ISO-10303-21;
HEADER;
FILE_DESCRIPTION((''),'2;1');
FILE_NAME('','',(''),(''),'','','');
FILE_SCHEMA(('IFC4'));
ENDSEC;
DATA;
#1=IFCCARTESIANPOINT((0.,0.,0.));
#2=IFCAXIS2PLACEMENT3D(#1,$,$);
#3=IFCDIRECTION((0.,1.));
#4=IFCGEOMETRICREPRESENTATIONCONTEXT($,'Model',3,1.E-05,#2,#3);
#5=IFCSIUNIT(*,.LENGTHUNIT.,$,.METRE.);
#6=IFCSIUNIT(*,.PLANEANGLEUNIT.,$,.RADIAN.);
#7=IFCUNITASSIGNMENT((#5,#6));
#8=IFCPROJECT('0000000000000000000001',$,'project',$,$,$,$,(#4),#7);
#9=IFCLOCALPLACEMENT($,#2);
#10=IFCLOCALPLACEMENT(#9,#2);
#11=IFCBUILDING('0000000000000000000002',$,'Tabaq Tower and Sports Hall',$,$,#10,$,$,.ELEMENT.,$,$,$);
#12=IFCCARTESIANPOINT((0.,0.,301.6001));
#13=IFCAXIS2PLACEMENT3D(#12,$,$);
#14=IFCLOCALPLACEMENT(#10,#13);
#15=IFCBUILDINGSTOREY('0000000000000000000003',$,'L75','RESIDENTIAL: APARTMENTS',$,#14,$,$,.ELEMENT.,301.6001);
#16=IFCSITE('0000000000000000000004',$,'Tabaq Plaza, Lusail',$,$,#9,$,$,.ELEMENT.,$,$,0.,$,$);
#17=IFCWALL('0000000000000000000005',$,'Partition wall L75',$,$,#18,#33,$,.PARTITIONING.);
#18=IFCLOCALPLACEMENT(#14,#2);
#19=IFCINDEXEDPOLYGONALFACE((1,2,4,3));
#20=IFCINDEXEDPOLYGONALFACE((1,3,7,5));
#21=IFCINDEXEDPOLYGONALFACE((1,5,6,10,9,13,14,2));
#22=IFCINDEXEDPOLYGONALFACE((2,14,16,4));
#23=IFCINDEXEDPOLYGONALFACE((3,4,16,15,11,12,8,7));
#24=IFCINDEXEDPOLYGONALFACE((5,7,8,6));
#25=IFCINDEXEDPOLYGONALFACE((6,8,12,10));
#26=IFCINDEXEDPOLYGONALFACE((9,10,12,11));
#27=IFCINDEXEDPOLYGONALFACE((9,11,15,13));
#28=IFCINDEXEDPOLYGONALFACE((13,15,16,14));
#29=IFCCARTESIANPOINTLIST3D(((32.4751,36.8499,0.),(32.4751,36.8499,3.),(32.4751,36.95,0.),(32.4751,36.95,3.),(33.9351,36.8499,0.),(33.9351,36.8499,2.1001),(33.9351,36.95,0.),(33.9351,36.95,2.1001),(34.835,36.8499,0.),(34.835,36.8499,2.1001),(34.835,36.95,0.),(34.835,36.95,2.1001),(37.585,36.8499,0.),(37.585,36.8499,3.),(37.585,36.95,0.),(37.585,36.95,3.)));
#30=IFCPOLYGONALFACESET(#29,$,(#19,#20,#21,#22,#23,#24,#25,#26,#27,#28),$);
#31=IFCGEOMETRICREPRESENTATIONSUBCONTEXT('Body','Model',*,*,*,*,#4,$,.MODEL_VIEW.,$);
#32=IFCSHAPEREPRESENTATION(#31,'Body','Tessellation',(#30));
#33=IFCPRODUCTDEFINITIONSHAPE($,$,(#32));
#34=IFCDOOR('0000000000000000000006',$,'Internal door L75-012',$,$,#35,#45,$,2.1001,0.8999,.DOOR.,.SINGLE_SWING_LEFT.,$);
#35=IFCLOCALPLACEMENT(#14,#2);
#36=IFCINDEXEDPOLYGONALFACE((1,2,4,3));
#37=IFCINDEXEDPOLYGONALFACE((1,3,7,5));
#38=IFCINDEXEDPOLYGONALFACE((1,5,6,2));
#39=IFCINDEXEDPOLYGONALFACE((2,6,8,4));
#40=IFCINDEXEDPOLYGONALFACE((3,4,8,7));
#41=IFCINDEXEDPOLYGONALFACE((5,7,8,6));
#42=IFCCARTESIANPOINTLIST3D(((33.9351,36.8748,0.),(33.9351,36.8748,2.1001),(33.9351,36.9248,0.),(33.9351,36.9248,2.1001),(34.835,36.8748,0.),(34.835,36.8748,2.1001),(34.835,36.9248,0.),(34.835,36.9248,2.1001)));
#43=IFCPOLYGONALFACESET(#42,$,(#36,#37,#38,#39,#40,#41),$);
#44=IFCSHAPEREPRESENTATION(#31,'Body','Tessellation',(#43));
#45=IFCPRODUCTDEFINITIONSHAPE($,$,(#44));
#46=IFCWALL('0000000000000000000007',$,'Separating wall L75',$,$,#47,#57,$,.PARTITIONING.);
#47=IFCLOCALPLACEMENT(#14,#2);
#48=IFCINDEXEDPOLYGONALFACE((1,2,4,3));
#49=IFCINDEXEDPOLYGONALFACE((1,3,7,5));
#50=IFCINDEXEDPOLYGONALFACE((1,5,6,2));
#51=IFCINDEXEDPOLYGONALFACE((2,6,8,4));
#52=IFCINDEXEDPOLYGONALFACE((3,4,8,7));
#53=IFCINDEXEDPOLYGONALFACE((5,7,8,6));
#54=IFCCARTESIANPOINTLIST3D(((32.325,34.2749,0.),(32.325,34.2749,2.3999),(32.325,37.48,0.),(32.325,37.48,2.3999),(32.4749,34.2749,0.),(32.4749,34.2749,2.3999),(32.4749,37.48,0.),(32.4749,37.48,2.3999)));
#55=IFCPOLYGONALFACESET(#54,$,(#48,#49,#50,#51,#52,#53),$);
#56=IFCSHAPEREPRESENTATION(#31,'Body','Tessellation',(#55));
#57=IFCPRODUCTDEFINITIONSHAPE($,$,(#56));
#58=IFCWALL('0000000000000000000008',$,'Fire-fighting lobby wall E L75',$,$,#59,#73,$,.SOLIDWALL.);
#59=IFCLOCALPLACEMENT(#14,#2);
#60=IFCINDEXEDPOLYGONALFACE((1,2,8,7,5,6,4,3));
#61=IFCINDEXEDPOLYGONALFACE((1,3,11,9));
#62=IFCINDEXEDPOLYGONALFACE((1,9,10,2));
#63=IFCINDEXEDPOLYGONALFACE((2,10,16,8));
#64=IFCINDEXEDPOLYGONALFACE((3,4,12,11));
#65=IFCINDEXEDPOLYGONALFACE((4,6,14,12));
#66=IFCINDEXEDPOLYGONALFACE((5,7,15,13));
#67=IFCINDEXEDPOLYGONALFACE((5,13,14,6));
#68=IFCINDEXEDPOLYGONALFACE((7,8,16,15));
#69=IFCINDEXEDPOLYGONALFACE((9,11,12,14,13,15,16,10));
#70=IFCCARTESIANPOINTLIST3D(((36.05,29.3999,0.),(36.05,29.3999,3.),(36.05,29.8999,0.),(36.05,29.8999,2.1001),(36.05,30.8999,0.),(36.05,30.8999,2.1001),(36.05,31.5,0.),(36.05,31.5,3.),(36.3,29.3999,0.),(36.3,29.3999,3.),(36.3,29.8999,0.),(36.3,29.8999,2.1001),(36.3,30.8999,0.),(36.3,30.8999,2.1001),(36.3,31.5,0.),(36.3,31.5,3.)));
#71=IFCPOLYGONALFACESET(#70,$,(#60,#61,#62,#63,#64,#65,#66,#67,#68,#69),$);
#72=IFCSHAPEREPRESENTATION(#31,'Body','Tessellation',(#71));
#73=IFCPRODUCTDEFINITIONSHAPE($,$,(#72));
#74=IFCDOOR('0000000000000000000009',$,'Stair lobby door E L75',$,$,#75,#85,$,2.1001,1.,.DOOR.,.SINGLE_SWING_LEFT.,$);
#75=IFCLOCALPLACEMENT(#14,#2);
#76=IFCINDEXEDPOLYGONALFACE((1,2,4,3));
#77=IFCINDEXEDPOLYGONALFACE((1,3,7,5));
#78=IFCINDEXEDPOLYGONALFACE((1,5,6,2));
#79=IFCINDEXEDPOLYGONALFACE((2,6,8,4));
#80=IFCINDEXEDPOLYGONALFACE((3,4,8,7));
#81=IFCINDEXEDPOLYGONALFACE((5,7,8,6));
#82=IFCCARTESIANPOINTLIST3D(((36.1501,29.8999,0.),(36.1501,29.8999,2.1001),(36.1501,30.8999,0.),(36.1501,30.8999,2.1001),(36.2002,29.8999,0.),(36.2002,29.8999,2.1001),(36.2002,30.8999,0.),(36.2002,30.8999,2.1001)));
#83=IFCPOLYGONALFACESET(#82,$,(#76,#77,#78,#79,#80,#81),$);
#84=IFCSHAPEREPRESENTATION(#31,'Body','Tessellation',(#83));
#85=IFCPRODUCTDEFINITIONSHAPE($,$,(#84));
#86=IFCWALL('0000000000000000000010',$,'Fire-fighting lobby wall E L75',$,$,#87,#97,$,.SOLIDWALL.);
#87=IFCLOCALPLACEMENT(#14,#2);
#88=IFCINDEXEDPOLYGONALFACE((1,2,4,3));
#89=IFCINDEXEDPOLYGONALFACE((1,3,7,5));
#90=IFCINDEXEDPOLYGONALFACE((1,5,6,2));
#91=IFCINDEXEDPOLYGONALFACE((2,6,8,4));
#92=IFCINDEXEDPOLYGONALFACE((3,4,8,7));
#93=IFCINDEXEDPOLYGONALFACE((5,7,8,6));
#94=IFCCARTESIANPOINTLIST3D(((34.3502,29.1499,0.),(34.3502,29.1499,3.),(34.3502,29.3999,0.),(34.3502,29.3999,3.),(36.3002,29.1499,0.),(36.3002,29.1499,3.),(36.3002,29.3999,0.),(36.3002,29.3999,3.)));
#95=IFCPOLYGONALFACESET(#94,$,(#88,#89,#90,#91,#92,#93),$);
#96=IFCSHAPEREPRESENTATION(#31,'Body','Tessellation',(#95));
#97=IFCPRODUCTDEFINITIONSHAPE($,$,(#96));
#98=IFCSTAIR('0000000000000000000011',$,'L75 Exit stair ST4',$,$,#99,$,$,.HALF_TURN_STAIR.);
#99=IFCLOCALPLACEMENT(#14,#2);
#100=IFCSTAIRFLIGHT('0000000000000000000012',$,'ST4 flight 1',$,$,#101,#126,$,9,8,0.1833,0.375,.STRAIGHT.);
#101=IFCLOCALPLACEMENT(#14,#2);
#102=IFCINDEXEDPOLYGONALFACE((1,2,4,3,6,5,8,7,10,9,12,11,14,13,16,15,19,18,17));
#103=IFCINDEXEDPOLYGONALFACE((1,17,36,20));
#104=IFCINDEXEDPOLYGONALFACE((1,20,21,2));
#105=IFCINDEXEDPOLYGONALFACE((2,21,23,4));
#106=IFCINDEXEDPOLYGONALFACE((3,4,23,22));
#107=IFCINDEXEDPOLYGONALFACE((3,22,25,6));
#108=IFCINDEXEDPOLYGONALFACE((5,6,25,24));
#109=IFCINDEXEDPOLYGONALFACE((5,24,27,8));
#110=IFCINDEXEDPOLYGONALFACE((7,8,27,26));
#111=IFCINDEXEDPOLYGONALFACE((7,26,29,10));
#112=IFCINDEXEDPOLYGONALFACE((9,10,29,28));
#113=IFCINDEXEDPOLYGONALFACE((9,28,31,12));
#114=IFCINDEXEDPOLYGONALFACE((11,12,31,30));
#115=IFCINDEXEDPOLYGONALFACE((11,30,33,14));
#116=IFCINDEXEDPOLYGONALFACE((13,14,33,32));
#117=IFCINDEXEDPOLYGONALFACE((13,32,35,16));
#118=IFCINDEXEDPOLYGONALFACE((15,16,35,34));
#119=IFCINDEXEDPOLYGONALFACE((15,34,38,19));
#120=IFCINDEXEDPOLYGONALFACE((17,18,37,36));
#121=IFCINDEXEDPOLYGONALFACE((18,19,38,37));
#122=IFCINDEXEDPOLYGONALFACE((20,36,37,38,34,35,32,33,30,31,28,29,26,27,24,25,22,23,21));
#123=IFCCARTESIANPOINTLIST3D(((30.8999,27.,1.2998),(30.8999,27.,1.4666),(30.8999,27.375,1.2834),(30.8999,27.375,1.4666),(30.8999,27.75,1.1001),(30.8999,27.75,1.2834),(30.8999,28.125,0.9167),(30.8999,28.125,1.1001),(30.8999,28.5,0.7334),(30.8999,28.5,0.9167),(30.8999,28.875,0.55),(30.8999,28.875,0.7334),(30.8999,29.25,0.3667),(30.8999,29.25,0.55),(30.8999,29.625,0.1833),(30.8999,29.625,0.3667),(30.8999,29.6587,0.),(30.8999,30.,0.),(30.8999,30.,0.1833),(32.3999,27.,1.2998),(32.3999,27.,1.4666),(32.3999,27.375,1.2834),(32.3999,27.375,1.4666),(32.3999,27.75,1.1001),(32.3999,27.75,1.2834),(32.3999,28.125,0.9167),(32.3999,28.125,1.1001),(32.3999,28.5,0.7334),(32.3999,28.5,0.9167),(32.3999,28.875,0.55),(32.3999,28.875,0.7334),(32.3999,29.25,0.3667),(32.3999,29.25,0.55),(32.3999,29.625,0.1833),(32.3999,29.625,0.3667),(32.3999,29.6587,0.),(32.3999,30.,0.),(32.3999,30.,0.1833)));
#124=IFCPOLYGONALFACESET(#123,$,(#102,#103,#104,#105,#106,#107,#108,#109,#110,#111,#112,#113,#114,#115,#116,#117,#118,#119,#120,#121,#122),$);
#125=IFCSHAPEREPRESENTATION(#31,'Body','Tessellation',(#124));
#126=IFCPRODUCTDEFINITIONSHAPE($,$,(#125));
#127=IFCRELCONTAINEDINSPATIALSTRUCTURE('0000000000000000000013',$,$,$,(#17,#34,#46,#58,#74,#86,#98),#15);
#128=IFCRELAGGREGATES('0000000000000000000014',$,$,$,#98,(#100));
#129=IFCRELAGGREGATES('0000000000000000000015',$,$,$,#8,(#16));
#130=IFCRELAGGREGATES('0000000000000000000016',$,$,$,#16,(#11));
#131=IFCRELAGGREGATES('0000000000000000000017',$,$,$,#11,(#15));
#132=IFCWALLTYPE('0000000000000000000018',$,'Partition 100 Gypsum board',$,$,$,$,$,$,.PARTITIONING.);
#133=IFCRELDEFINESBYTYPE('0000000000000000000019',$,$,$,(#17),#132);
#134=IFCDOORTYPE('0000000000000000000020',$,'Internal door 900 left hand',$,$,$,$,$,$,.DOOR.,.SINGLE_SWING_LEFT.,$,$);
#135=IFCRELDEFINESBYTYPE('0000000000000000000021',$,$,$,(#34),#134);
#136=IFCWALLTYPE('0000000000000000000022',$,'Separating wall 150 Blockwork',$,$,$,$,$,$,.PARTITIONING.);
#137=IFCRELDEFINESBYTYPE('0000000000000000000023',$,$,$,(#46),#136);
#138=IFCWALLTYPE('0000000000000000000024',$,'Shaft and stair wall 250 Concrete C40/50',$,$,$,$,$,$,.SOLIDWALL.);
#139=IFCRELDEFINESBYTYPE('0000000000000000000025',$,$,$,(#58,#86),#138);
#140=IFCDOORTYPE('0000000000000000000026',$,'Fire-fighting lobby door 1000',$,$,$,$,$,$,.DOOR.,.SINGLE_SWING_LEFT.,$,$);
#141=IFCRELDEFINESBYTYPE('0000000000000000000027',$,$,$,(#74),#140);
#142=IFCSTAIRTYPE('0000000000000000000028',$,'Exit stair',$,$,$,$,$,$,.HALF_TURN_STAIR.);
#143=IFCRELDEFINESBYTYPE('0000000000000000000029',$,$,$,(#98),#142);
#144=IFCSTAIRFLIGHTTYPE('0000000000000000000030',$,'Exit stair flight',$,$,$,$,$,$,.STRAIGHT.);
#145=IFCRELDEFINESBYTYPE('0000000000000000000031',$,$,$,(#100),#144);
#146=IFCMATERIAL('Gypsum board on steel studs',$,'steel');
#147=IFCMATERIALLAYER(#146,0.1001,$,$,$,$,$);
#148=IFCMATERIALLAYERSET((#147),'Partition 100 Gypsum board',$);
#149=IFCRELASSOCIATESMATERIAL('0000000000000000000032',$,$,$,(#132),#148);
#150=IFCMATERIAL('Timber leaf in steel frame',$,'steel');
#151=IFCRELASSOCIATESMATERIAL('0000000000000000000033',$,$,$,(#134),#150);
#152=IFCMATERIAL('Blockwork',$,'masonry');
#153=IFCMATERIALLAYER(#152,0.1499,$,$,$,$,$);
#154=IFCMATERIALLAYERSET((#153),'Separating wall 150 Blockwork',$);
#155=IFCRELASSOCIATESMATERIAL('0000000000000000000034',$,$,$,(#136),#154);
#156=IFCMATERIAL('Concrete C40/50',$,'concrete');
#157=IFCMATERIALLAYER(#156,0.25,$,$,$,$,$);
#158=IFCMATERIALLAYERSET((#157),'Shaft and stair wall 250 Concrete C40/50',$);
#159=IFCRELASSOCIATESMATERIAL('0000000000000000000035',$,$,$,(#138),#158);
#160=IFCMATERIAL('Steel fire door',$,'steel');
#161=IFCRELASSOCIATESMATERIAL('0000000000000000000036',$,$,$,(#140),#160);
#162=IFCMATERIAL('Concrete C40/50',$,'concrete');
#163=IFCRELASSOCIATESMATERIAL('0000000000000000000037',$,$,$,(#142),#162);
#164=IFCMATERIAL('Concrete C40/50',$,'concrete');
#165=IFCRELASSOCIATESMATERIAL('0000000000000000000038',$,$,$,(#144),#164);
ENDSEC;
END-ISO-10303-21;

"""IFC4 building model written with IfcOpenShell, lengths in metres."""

from ifc_helpers import new_model, si_unit, direction, frame, frame_2d, origin, place, context, subcontext, project, spatial, polyline, rectangle, outline, extrude, material, layer, layer_set, type_object, element, fill, aggregate, save


model = new_model("IFC4")

# Units and contexts
model_context = context("Model", 3, precision=1e-05, world=origin(), true_north=direction((0.0, 1.0)))
body_context = subcontext(model_context, "Body", "Model", "MODEL_VIEW")
ifc_project = project(units=[si_unit("LENGTHUNIT", "METRE"), si_unit("PLANEANGLEUNIT", "RADIAN")], contexts=[model_context])

# Site, building, storey
site_placement = place(None, origin())
site = spatial("IfcSite", under=ifc_project, at=site_placement, Name="Tabaq Plaza, Lusail", CompositionType="ELEMENT", RefElevation=0.0)
building_placement = place(site_placement, origin())
building = spatial("IfcBuilding", under=site, at=building_placement, Name="Tabaq Tower and Sports Hall", CompositionType="ELEMENT")
storey_placement = place(building_placement, frame((0.0, 0.0, 301.6001)))
storey = spatial("IfcBuildingStorey", under=building, at=storey_placement, Name="L75", Description="RESIDENTIAL: APARTMENTS", CompositionType="ELEMENT", Elevation=301.6001)

# Shared definitions
ifc_material_1 = material(Name="Gypsum board on steel studs", Category="steel")
ifc_layer_1 = layer(ifc_material_1, 0.1001)
ifc_layer_set_1 = layer_set([ifc_layer_1], Name="Partition 100 Gypsum board")
wall_type_1 = type_object("IfcWallType", Name="Partition 100 Gypsum board", PredefinedType="PARTITIONING", material=ifc_layer_set_1)

# Shared definitions
ifc_material_2 = material(Name="Timber leaf in steel frame", Category="steel")
door_type_1 = type_object("IfcDoorType", Name="Internal door 900 left hand", OperationType="SINGLE_SWING_LEFT", PredefinedType="DOOR", material=ifc_material_2)

# Wall, opening, door
wall_1_placement = place(storey_placement, frame((32.4751, 36.8999, 0.0), z_axis=(0.0, 0.0, 1.0), x_axis=(1.0, 0.0, 0.0)))
wall_1 = element("IfcWall", 1, at=wall_1_placement, inside=storey, type_object=wall_type_1, Name="Partition wall L75", PredefinedType="PARTITIONING", context=body_context, shape_type="SweptSolid", body=[
    extrude(rectangle(XDim=5.1099, YDim=0.1001, at=frame_2d((2.5549, 0.0))), origin(), (0.0, 0.0, 1.0), 3.0),
])
opening_1_placement = place(wall_1_placement, frame((1.46, 0.0, 0.0)))
opening_1 = element("IfcOpeningElement", 2, at=opening_1_placement, cuts=wall_1, PredefinedType="OPENING", context=body_context, shape_type="SweptSolid", body=[
    extrude(rectangle(XDim=0.8999, YDim=2.1001, at=frame_2d((0.45, 1.05))), frame((0.0, 0.05, 0.0), z_axis=(0.0, -1.0, 0.0), x_axis=(1.0, 0.0, 0.0)), (0.0, 0.0, 1.0), 0.1001),
])
door_1_placement = place(opening_1_placement, origin())
door_1 = element("IfcDoor", 3, at=door_1_placement, inside=storey, type_object=door_type_1, Name="Internal door L75-012", OperationType="SINGLE_SWING_LEFT", OverallHeight=2.1001, OverallWidth=0.8999, PredefinedType="DOOR", context=body_context, shape_type="SweptSolid", body=[
    extrude(rectangle(XDim=0.8999, YDim=2.1001, at=frame_2d((0.45, 1.05))), frame((0.0, 0.0249, 0.0), z_axis=(0.0, -1.0, 0.0), x_axis=(1.0, 0.0, 0.0)), (0.0, 0.0, 1.0), 0.05),
])
fill(opening_1, door_1)

# Wall
ifc_material_3 = material(Name="Blockwork", Category="masonry")
ifc_layer_2 = layer(ifc_material_3, 0.1499)
ifc_layer_set_2 = layer_set([ifc_layer_2], Name="Separating wall 150 Blockwork")
wall_type_2 = type_object("IfcWallType", Name="Separating wall 150 Blockwork", PredefinedType="PARTITIONING", material=ifc_layer_set_2)
wall_2_placement = place(storey_placement, frame((32.3999, 34.2749, 0.0), z_axis=(0.0, 0.0, 1.0), x_axis=(0.0, 1.0, 0.0)))
element("IfcWall", 4, at=wall_2_placement, inside=storey, type_object=wall_type_2, Name="Separating wall L75", PredefinedType="PARTITIONING", context=body_context, shape_type="SweptSolid", body=[
    extrude(rectangle(XDim=3.2051, YDim=0.1499, at=frame_2d((1.6025, 0.0))), origin(), (0.0, 0.0, 1.0), 2.3999),
])

# Wall, opening, door
ifc_material_4 = material(Name="Concrete C40/50", Category="concrete")
ifc_layer_3 = layer(ifc_material_4, 0.25)
ifc_layer_set_3 = layer_set([ifc_layer_3], Name="Shaft and stair wall 250 Concrete C40/50")
wall_type_3 = type_object("IfcWallType", Name="Shaft and stair wall 250 Concrete C40/50", PredefinedType="SOLIDWALL", material=ifc_layer_set_3)
wall_3_placement = place(storey_placement, frame((36.175, 29.3999, 0.0), z_axis=(0.0, 0.0, 1.0), x_axis=(0.0, 1.0, 0.0)))
wall_3 = element("IfcWall", 5, at=wall_3_placement, inside=storey, type_object=wall_type_3, Name="Fire-fighting lobby wall E L75", PredefinedType="SOLIDWALL", context=body_context, shape_type="SweptSolid", body=[
    extrude(rectangle(XDim=2.1001, YDim=0.25, at=frame_2d((1.05, 0.0))), origin(), (0.0, 0.0, 1.0), 3.0),
])
opening_2_placement = place(wall_3_placement, frame((0.5, 0.0, 0.0)))
opening_2 = element("IfcOpeningElement", 6, at=opening_2_placement, cuts=wall_3, PredefinedType="OPENING", context=body_context, shape_type="SweptSolid", body=[
    extrude(rectangle(XDim=1.0, YDim=2.1001, at=frame_2d((0.5, 1.05))), frame((0.0, 0.125, 0.0), z_axis=(0.0, -1.0, 0.0), x_axis=(1.0, 0.0, 0.0)), (0.0, 0.0, 1.0), 0.25),
])
ifc_material_5 = material(Name="Steel fire door", Category="steel")
door_type_2 = type_object("IfcDoorType", Name="Fire-fighting lobby door 1000", OperationType="SINGLE_SWING_LEFT", PredefinedType="DOOR", material=ifc_material_5)
door_2_placement = place(opening_2_placement, origin())
door_2 = element("IfcDoor", 7, at=door_2_placement, inside=storey, type_object=door_type_2, Name="Stair lobby door E L75", OperationType="SINGLE_SWING_LEFT", OverallHeight=2.1001, OverallWidth=1.0, PredefinedType="DOOR", context=body_context, shape_type="SweptSolid", body=[
    extrude(rectangle(XDim=1.0, YDim=2.1001, at=frame_2d((0.5, 1.05))), frame((0.0, 0.0249, 0.0), z_axis=(0.0, -1.0, 0.0), x_axis=(1.0, 0.0, 0.0)), (0.0, 0.0, 1.0), 0.05),
])
fill(opening_2, door_2)

# Wall
wall_4_placement = place(storey_placement, frame((34.3501, 29.2749, 0.0), z_axis=(0.0, 0.0, 1.0), x_axis=(1.0, 0.0, 0.0)))
element("IfcWall", 8, at=wall_4_placement, inside=storey, type_object=wall_type_3, Name="Fire-fighting lobby wall E L75", PredefinedType="SOLIDWALL", context=body_context, shape_type="SweptSolid", body=[
    extrude(rectangle(XDim=1.95, YDim=0.25, at=frame_2d((0.9751, 0.0))), origin(), (0.0, 0.0, 1.0), 3.0),
])

# Stair, stair flight
ifc_material_6 = material(Name="Concrete C40/50", Category="concrete")
stair_type = type_object("IfcStairType", Name="Exit stair", PredefinedType="HALF_TURN_STAIR", material=ifc_material_6)
stair_placement = place(storey_placement, origin())
stair = element("IfcStair", 9, at=stair_placement, inside=storey, type_object=stair_type, Name="L75 Exit stair ST4", PredefinedType="HALF_TURN_STAIR")
ifc_material_7 = material(Name="Concrete C40/50", Category="concrete")
stair_flight_type = type_object("IfcStairFlightType", Name="Exit stair flight", PredefinedType="STRAIGHT", material=ifc_material_7)
stair_flight_placement = place(storey_placement, frame((31.6499, 30.0, 0.0), z_axis=(0.0, 0.0, 1.0), x_axis=(0.0, -1.0, 0.0)))
stair_flight = element("IfcStairFlight", 10, at=stair_flight_placement, type_object=stair_flight_type, Name="ST4 flight 1", NumberOfRisers=9, NumberOfTreads=8, PredefinedType="STRAIGHT", RiserHeight=0.1833, TreadLength=0.375, context=body_context, shape_type="SweptSolid", body=[
    extrude(outline(polyline([(0.0, 0.0), (0.0, 0.1833), (0.375, 0.1833), (0.375, 0.3667), (0.75, 0.3667), (0.75, 0.55), (1.125, 0.55), (1.125, 0.7334), (1.5, 0.7334), (1.5, 0.9167), (1.875, 0.9167), (1.875, 1.1001), (2.25, 1.1001), (2.25, 1.2834), (2.625, 1.2834), (2.625, 1.4666), (3.0, 1.4666), (3.0, 1.6499), (3.0, 1.2998), (0.3413, 0.0), (0.0, 0.0)])), frame((0.0, 0.75, 0.0), z_axis=(0.0, -1.0, 0.0), x_axis=(1.0, 0.0, 0.0)), (0.0, 0.0, 1.0), 1.5),
])
aggregate(stair, [stair_flight])

save(model, "model.ifc")
